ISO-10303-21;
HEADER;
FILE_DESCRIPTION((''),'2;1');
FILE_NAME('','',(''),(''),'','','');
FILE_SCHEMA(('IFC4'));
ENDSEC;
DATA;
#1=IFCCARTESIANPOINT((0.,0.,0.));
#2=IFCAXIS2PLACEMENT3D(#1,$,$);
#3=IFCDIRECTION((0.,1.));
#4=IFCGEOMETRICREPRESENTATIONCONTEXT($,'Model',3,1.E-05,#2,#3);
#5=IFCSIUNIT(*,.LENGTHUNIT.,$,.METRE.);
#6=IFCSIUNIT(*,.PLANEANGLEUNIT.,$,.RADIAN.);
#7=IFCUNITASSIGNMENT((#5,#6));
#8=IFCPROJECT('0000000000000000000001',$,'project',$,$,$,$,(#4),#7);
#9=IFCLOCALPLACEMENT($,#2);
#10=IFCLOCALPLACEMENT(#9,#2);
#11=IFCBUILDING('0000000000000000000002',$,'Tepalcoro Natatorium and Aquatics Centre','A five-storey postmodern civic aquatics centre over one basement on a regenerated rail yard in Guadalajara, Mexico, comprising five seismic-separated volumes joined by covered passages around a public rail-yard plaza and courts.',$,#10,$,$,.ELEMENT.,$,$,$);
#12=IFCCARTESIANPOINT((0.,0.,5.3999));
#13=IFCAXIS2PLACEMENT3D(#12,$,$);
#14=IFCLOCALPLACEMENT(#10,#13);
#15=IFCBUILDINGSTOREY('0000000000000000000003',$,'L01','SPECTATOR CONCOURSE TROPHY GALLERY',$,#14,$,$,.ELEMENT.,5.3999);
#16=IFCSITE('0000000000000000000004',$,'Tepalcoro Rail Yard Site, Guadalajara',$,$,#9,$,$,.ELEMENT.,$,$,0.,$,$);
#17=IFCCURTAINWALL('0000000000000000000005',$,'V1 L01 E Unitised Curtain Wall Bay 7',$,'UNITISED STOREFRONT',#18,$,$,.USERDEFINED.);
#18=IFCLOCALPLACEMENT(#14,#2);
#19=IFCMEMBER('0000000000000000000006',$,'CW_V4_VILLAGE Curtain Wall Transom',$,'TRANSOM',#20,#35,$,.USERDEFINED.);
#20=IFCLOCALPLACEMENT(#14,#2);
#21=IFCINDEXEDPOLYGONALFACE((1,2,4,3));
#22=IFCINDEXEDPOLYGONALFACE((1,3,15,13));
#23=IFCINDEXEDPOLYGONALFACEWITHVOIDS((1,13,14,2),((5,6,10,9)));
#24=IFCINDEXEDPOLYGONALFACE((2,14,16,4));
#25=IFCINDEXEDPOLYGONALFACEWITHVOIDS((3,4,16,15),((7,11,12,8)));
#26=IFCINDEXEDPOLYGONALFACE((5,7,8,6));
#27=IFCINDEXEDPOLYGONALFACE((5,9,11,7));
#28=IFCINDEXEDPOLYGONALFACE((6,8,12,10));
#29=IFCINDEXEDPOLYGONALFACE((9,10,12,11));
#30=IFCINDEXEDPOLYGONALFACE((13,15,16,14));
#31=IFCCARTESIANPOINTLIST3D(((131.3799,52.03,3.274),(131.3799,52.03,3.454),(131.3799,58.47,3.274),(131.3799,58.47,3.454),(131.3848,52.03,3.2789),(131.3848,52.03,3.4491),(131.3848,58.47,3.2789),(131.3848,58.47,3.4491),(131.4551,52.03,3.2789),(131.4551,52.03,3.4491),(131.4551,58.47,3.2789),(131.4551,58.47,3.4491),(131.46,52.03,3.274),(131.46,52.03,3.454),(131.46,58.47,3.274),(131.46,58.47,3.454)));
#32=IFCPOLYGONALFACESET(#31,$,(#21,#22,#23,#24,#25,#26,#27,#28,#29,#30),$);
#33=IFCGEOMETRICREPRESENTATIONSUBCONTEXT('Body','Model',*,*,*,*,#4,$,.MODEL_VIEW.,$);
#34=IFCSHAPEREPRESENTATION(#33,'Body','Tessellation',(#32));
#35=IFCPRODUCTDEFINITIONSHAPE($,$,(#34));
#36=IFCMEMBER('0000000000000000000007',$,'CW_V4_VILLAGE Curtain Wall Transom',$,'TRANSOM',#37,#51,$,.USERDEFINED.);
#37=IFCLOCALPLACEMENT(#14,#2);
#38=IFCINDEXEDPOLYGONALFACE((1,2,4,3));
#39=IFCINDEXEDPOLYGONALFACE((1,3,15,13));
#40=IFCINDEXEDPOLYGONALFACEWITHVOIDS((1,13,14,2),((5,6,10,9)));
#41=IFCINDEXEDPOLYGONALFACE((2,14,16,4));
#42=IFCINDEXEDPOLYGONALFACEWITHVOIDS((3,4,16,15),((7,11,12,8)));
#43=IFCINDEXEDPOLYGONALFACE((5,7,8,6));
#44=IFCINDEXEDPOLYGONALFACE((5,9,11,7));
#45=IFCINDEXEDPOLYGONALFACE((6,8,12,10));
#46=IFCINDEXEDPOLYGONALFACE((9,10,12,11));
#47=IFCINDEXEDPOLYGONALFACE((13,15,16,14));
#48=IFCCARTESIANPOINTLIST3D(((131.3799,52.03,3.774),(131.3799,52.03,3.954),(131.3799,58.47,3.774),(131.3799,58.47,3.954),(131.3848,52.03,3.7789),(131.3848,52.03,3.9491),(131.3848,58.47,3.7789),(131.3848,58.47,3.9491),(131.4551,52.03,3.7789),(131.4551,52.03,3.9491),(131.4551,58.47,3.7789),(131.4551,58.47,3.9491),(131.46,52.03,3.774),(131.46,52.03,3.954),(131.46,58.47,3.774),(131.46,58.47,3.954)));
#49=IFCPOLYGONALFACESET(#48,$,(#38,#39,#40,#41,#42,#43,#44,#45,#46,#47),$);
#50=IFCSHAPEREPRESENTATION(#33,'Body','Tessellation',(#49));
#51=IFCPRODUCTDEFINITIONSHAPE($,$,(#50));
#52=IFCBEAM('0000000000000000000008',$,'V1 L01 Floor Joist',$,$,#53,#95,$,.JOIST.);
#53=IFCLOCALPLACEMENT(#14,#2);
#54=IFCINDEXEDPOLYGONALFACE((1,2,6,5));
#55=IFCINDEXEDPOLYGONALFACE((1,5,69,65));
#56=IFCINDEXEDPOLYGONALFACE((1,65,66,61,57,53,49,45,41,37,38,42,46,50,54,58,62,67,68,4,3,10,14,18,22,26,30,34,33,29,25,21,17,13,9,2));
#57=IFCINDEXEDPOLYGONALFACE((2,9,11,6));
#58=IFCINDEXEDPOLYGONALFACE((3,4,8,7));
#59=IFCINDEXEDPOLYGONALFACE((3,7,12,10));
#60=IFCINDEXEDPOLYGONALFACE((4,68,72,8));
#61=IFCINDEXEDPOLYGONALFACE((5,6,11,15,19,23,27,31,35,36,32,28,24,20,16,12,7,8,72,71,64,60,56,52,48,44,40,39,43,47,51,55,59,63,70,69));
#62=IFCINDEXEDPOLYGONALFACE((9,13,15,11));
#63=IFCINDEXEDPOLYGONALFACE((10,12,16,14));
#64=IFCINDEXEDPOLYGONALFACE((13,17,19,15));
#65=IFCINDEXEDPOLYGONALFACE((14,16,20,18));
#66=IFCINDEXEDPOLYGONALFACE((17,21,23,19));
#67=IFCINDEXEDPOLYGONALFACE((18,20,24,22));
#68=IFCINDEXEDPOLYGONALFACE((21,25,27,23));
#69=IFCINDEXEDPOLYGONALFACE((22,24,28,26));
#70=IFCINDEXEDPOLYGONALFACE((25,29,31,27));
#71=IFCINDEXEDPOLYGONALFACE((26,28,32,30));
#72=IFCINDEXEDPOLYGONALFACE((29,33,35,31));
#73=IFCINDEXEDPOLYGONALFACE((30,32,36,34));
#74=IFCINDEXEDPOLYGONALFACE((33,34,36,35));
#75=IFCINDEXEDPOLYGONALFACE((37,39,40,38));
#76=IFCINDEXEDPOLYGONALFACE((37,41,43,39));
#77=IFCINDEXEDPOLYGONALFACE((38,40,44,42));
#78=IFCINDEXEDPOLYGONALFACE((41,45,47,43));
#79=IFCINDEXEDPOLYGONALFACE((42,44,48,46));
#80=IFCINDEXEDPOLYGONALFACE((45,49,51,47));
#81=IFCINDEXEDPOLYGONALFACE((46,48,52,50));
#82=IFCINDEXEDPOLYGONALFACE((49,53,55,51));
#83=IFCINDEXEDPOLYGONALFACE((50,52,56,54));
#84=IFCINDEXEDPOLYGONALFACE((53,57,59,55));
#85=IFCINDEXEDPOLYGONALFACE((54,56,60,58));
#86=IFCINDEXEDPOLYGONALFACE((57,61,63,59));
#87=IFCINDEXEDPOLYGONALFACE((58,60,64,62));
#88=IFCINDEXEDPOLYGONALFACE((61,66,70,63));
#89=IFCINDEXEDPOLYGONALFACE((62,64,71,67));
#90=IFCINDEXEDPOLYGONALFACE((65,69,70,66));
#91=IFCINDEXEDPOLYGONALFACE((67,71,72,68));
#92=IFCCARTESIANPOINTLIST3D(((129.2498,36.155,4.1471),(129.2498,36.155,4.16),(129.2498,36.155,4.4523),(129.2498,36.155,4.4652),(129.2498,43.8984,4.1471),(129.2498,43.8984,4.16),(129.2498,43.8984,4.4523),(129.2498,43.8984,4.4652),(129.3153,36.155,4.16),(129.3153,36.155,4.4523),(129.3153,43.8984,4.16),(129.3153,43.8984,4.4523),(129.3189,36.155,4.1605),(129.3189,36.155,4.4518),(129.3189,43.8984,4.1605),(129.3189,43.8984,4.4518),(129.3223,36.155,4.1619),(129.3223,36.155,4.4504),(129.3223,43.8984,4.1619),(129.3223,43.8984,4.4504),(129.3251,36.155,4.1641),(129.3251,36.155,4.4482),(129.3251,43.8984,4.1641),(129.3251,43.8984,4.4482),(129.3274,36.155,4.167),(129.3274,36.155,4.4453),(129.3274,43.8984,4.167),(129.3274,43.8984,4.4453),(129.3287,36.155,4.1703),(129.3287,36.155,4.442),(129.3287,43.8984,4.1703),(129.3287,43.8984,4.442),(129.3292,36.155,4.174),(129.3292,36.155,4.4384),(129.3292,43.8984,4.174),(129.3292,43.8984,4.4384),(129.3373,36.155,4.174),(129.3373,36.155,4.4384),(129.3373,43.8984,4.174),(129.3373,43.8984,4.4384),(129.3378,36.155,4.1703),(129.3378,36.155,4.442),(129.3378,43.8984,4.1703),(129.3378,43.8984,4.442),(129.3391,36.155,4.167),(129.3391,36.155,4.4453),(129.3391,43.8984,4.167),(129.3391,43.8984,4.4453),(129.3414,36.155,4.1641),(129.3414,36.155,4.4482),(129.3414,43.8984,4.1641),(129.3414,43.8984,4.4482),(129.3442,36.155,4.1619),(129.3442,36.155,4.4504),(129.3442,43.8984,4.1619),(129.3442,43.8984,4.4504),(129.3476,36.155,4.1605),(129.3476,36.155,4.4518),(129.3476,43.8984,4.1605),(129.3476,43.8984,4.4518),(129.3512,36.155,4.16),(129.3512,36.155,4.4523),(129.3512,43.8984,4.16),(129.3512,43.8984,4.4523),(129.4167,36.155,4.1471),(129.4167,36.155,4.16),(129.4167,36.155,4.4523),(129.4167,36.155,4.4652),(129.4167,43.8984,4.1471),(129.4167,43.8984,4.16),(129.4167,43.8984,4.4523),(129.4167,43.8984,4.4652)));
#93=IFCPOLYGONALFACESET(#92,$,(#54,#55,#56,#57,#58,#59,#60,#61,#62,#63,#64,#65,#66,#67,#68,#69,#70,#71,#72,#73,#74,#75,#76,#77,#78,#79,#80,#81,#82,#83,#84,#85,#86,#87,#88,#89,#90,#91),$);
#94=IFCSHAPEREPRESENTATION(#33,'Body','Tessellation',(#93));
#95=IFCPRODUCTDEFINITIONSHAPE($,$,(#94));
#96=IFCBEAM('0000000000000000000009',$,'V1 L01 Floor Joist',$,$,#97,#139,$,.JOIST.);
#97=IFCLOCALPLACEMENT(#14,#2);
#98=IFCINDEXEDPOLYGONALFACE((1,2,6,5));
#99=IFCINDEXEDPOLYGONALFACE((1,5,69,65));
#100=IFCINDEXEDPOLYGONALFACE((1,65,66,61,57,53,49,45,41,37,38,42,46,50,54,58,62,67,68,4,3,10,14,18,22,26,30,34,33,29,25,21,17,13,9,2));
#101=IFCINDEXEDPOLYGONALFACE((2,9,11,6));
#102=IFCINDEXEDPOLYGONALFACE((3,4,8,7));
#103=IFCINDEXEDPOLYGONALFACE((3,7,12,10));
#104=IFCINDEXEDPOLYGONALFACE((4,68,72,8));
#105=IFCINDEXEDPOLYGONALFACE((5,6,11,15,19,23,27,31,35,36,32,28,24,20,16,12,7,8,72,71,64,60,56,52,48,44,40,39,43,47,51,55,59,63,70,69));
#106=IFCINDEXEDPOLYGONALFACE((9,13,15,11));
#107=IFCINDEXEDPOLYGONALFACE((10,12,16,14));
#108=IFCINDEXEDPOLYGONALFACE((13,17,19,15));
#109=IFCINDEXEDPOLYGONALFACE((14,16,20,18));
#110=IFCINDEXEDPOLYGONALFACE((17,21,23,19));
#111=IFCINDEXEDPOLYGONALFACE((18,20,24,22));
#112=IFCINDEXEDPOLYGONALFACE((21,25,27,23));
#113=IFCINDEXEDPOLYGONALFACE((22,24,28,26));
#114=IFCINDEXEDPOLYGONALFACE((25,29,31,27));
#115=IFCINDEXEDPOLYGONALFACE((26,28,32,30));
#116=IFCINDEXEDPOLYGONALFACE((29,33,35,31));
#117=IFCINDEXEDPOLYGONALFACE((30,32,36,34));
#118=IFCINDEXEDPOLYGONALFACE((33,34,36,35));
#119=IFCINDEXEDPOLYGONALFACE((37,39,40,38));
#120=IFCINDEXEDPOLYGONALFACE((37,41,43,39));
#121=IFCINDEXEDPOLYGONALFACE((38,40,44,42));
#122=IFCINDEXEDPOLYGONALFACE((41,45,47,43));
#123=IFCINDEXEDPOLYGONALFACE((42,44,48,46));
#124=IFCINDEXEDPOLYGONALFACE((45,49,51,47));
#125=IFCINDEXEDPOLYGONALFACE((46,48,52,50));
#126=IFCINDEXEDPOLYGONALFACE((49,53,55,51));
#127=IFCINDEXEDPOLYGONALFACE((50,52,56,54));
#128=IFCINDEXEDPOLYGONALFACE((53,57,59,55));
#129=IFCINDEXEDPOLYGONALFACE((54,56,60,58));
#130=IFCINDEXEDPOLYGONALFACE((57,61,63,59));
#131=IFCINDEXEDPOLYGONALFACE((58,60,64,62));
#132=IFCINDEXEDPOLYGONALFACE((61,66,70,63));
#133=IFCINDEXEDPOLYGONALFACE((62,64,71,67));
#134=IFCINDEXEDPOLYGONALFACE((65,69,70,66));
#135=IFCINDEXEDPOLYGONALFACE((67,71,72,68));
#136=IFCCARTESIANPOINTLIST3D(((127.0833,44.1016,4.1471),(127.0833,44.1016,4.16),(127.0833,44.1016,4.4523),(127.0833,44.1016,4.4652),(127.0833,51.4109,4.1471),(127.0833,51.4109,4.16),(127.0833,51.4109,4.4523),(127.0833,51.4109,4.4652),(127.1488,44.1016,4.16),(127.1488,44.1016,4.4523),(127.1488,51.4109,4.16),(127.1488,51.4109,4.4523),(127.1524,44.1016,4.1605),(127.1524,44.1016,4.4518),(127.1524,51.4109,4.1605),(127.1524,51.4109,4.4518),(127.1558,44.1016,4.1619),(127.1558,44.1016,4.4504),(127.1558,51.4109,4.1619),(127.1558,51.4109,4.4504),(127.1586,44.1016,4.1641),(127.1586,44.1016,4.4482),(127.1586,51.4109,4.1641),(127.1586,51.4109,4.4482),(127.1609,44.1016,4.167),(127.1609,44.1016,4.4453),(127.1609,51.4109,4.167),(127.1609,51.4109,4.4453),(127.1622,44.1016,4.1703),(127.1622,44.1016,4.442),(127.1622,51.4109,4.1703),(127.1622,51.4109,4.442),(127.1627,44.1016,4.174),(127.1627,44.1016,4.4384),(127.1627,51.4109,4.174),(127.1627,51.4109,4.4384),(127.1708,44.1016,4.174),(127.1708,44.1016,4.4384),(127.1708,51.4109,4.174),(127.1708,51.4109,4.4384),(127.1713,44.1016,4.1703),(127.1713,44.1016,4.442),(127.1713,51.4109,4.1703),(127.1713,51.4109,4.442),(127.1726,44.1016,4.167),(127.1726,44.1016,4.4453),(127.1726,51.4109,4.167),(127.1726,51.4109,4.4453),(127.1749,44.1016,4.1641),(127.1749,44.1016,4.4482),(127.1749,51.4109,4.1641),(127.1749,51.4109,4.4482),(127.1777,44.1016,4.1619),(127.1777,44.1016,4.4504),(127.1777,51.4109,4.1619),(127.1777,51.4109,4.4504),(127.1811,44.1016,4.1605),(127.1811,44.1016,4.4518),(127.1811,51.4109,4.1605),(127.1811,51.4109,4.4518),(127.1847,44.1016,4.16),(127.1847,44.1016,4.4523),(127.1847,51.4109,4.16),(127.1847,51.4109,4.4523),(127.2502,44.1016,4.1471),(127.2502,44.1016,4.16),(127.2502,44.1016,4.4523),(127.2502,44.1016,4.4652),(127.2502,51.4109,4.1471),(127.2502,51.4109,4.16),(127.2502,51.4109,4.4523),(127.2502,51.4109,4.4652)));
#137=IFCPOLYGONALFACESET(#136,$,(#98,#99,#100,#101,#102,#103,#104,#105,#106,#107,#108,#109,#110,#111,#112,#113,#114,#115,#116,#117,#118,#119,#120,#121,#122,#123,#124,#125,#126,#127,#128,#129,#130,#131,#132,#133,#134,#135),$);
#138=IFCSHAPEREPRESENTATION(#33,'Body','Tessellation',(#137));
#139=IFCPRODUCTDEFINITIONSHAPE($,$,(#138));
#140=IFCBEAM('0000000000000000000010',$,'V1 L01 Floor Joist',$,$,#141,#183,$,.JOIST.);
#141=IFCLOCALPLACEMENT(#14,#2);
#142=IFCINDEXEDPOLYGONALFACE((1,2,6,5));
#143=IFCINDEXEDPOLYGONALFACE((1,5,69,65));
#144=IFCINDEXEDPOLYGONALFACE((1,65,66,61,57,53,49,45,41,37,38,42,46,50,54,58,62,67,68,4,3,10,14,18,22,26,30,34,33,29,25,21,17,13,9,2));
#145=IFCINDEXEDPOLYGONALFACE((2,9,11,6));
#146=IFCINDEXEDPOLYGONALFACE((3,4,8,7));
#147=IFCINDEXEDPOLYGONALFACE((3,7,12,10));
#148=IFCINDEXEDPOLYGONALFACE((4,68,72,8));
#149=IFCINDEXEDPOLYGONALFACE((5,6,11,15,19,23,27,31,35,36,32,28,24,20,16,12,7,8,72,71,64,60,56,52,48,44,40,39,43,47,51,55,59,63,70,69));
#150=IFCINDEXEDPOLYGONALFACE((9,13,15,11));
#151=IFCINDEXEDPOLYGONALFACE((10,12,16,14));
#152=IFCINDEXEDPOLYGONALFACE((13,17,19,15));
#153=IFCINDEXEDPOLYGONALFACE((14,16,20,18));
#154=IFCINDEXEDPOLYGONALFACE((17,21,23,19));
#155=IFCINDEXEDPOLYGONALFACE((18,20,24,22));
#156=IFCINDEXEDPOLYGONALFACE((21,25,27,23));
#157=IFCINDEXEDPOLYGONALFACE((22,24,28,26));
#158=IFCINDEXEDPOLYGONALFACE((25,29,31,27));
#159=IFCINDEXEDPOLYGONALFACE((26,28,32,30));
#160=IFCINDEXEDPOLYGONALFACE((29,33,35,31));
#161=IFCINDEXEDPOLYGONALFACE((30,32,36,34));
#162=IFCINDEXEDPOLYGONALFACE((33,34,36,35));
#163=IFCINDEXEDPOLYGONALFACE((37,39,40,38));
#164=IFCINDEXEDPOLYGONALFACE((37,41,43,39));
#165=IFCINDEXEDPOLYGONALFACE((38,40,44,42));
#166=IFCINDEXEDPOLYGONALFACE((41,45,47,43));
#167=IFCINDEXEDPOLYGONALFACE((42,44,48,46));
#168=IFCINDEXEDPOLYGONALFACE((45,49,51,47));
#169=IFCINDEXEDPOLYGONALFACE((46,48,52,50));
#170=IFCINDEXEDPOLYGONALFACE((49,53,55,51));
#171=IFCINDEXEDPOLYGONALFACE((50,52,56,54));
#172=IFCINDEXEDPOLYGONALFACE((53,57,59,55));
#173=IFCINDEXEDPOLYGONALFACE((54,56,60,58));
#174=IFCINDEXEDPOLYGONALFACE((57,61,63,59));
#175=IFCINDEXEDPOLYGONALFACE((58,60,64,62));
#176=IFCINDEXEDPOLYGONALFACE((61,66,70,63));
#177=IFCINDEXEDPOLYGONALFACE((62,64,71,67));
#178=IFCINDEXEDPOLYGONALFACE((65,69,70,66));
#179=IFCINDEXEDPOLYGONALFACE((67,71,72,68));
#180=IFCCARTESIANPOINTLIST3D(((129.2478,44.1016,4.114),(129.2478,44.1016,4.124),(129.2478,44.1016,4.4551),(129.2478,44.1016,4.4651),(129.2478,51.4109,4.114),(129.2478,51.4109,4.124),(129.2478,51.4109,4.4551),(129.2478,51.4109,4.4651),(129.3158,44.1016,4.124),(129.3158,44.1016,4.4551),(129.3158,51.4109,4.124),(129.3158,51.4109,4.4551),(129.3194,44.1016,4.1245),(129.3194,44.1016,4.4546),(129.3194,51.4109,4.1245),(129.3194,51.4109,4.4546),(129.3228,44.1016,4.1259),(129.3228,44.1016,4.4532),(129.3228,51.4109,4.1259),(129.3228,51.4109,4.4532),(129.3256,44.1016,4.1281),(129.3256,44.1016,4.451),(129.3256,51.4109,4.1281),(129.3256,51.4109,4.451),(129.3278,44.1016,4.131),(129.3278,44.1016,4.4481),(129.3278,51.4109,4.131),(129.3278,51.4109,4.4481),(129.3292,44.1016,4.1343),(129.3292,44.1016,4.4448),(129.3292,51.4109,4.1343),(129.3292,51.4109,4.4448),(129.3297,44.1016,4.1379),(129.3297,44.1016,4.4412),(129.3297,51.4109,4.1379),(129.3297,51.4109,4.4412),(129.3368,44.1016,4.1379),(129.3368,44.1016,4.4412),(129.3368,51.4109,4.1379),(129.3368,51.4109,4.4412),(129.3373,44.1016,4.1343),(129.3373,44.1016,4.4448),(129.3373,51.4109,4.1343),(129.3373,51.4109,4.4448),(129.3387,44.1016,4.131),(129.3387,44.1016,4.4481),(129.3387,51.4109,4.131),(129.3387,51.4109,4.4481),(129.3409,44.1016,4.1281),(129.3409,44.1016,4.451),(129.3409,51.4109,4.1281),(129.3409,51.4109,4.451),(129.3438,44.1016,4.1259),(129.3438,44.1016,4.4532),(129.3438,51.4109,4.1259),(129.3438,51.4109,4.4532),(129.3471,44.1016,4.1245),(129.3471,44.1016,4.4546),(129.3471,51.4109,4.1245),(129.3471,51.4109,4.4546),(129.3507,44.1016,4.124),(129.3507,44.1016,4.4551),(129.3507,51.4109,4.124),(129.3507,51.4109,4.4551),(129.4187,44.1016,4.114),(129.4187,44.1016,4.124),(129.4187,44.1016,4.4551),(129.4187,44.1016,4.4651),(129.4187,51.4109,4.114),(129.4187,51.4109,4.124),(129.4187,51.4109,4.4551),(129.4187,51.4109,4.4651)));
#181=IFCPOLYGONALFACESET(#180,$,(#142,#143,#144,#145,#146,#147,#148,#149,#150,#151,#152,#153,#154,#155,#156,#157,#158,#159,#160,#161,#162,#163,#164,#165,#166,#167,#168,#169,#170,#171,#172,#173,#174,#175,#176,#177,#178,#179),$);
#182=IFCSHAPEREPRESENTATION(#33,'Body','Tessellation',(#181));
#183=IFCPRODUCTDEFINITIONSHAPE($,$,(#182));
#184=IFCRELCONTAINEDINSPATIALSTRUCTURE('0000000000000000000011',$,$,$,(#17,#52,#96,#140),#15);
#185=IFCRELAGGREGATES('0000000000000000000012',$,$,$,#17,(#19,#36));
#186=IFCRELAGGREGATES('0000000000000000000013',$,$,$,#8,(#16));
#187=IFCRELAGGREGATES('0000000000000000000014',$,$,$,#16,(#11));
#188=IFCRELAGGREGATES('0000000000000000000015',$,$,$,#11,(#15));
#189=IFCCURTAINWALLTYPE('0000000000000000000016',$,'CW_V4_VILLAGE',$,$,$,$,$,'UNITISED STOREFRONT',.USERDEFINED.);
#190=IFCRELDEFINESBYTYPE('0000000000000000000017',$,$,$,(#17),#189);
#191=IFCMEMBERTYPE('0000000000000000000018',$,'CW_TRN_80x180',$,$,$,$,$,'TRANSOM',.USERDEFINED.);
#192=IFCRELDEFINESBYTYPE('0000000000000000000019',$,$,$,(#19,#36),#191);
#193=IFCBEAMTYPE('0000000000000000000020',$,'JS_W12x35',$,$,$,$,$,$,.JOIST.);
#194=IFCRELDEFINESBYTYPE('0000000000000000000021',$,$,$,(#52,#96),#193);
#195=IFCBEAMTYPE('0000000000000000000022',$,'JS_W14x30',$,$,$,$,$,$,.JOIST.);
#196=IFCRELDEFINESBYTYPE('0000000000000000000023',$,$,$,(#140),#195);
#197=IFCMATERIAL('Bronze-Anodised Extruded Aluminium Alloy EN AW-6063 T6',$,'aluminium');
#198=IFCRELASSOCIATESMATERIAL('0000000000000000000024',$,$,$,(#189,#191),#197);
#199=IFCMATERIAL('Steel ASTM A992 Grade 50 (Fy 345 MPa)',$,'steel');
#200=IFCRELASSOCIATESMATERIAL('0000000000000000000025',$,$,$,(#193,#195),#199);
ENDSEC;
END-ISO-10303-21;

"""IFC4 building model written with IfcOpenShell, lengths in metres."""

from ifc_helpers import new_model, si_unit, direction, frame, origin, origin_2d, place, context, subcontext, project, spatial, hollow_rectangle, i_section, extrude, material, material_profile, profile_set, type_object, element, aggregate, save


model = new_model("IFC4")

# Units and contexts
model_context = context("Model", 3, precision=1e-05, world=origin(), true_north=direction((0.0, 1.0)))
body_context = subcontext(model_context, "Body", "Model", "MODEL_VIEW")
ifc_project = project(units=[si_unit("LENGTHUNIT", "METRE"), si_unit("PLANEANGLEUNIT", "RADIAN")], contexts=[model_context])

# Site, building, storey
site_placement = place(None, origin())
site = spatial("IfcSite", under=ifc_project, at=site_placement, Name="Tepalcoro Rail Yard Site, Guadalajara", CompositionType="ELEMENT", RefElevation=0.0)
building_placement = place(site_placement, origin())
building = spatial("IfcBuilding", under=site, at=building_placement, Name="Tepalcoro Natatorium and Aquatics Centre", Description="A five-storey postmodern civic aquatics centre over one basement on a regenerated rail yard in Guadalajara, Mexico, comprising five seismic-separated volumes joined by covered passages around a public rail-yard plaza and courts.", CompositionType="ELEMENT")
storey_placement = place(building_placement, frame((0.0, 0.0, 5.3999)))
storey = spatial("IfcBuildingStorey", under=building, at=storey_placement, Name="L01", Description="SPECTATOR CONCOURSE TROPHY GALLERY", CompositionType="ELEMENT", Elevation=5.3999)

# Shared definitions
ifc_material_1 = material(Name="Steel ASTM A992 Grade 50 (Fy 345 MPa)", Category="steel")

# Curtain wall, members
ifc_material_2 = material(Name="Bronze-Anodised Extruded Aluminium Alloy EN AW-6063 T6", Category="aluminium")
curtain_wall_type = type_object("IfcCurtainWallType", Name="CW_V4_VILLAGE", ElementType="UNITISED STOREFRONT", PredefinedType="USERDEFINED", material=ifc_material_2)
curtain_wall_placement = place(storey_placement, origin())
curtain_wall = element("IfcCurtainWall", 1, at=curtain_wall_placement, inside=storey, type_object=curtain_wall_type, Name="V1 L01 E Unitised Curtain Wall Bay 7", ObjectType="UNITISED STOREFRONT", PredefinedType="USERDEFINED")
ifc_material_profile_1 = material_profile(ifc_material_2, hollow_rectangle(XDim=0.0801, YDim=0.1799, WallThickness=0.0049, at=origin_2d()), Name="AL80X180X5")
ifc_profile_set_1 = profile_set([ifc_material_profile_1], Name="Bronze-Anodised Extruded Aluminium Alloy EN AW-6063 T6")
member_type_1 = type_object("IfcMemberType", Name="CW_TRN_80x180", ElementType="TRANSOM", PredefinedType="USERDEFINED", material=ifc_profile_set_1)
member_1_placement = place(storey_placement, frame((131.4199, 52.03, 3.364), z_axis=(0.0, 1.0, 0.0), x_axis=(-1.0, 0.0, 0.0)))
member_1 = element("IfcMember", 2, at=member_1_placement, type_object=member_type_1, Name="CW_V4_VILLAGE Curtain Wall Transom", ObjectType="TRANSOM", PredefinedType="USERDEFINED", context=body_context, shape_type="SweptSolid", body=[
    extrude(hollow_rectangle(XDim=0.0801, YDim=0.1799, WallThickness=0.0049, at=origin_2d()), origin(), (0.0, 0.0, 1.0), 6.4399),
])
member_2_placement = place(storey_placement, frame((131.4199, 52.03, 3.864), z_axis=(0.0, 1.0, 0.0), x_axis=(-1.0, 0.0, 0.0)))
member_2 = element("IfcMember", 3, at=member_2_placement, type_object=member_type_1, Name="CW_V4_VILLAGE Curtain Wall Transom", ObjectType="TRANSOM", PredefinedType="USERDEFINED", context=body_context, shape_type="SweptSolid", body=[
    extrude(hollow_rectangle(XDim=0.0801, YDim=0.1799, WallThickness=0.0049, at=origin_2d()), origin(), (0.0, 0.0, 1.0), 6.4399),
])

# Beams
ifc_material_profile_2 = material_profile(ifc_material_1, i_section(OverallWidth=0.167, OverallDepth=0.3181, WebThickness=0.0081, FlangeThickness=0.0129, FilletRadius=0.0139, at=origin_2d()), Name="W12X35")
ifc_profile_set_2 = profile_set([ifc_material_profile_2], Name="Steel ASTM A992 Grade 50 (Fy 345 MPa)")
beam_type_1 = type_object("IfcBeamType", Name="JS_W12x35", PredefinedType="JOIST", material=ifc_profile_set_2)
beam_1_placement = place(storey_placement, frame((129.3333, 36.155, 4.3062), z_axis=(0.0, 1.0, 0.0), x_axis=(-1.0, 0.0, 0.0)))
element("IfcBeam", 4, at=beam_1_placement, inside=storey, type_object=beam_type_1, Name="V1 L01 Floor Joist", PredefinedType="JOIST", context=body_context, shape_type="SweptSolid", body=[
    extrude(i_section(OverallWidth=0.167, OverallDepth=0.3181, WebThickness=0.0081, FlangeThickness=0.0129, FilletRadius=0.0139, at=origin_2d()), origin(), (0.0, 0.0, 1.0), 7.7434),
])
beam_2_placement = place(storey_placement, frame((127.1667, 44.1016, 4.3062), z_axis=(0.0, 1.0, 0.0), x_axis=(-1.0, 0.0, 0.0)))
element("IfcBeam", 5, at=beam_2_placement, inside=storey, type_object=beam_type_1, Name="V1 L01 Floor Joist", PredefinedType="JOIST", context=body_context, shape_type="SweptSolid", body=[
    extrude(i_section(OverallWidth=0.167, OverallDepth=0.3181, WebThickness=0.0081, FlangeThickness=0.0129, FilletRadius=0.0139, at=origin_2d()), origin(), (0.0, 0.0, 1.0), 7.3093),
])
ifc_material_profile_3 = material_profile(ifc_material_1, i_section(OverallWidth=0.1709, OverallDepth=0.3511, WebThickness=0.0071, FlangeThickness=0.01, FilletRadius=0.0139, at=origin_2d()), Name="W14X30")
ifc_profile_set_3 = profile_set([ifc_material_profile_3], Name="Steel ASTM A992 Grade 50 (Fy 345 MPa)")
beam_type_2 = type_object("IfcBeamType", Name="JS_W14x30", PredefinedType="JOIST", material=ifc_profile_set_3)
beam_3_placement = place(storey_placement, frame((129.3333, 44.1016, 4.2896), z_axis=(0.0, 1.0, 0.0), x_axis=(-1.0, 0.0, 0.0)))
element("IfcBeam", 6, at=beam_3_placement, inside=storey, type_object=beam_type_2, Name="V1 L01 Floor Joist", PredefinedType="JOIST", context=body_context, shape_type="SweptSolid", body=[
    extrude(i_section(OverallWidth=0.1709, OverallDepth=0.3511, WebThickness=0.0071, FlangeThickness=0.01, FilletRadius=0.0139, at=origin_2d()), origin(), (0.0, 0.0, 1.0), 7.3093),
])

aggregate(curtain_wall, [member_1, member_2])

save(model, "model.ifc")
